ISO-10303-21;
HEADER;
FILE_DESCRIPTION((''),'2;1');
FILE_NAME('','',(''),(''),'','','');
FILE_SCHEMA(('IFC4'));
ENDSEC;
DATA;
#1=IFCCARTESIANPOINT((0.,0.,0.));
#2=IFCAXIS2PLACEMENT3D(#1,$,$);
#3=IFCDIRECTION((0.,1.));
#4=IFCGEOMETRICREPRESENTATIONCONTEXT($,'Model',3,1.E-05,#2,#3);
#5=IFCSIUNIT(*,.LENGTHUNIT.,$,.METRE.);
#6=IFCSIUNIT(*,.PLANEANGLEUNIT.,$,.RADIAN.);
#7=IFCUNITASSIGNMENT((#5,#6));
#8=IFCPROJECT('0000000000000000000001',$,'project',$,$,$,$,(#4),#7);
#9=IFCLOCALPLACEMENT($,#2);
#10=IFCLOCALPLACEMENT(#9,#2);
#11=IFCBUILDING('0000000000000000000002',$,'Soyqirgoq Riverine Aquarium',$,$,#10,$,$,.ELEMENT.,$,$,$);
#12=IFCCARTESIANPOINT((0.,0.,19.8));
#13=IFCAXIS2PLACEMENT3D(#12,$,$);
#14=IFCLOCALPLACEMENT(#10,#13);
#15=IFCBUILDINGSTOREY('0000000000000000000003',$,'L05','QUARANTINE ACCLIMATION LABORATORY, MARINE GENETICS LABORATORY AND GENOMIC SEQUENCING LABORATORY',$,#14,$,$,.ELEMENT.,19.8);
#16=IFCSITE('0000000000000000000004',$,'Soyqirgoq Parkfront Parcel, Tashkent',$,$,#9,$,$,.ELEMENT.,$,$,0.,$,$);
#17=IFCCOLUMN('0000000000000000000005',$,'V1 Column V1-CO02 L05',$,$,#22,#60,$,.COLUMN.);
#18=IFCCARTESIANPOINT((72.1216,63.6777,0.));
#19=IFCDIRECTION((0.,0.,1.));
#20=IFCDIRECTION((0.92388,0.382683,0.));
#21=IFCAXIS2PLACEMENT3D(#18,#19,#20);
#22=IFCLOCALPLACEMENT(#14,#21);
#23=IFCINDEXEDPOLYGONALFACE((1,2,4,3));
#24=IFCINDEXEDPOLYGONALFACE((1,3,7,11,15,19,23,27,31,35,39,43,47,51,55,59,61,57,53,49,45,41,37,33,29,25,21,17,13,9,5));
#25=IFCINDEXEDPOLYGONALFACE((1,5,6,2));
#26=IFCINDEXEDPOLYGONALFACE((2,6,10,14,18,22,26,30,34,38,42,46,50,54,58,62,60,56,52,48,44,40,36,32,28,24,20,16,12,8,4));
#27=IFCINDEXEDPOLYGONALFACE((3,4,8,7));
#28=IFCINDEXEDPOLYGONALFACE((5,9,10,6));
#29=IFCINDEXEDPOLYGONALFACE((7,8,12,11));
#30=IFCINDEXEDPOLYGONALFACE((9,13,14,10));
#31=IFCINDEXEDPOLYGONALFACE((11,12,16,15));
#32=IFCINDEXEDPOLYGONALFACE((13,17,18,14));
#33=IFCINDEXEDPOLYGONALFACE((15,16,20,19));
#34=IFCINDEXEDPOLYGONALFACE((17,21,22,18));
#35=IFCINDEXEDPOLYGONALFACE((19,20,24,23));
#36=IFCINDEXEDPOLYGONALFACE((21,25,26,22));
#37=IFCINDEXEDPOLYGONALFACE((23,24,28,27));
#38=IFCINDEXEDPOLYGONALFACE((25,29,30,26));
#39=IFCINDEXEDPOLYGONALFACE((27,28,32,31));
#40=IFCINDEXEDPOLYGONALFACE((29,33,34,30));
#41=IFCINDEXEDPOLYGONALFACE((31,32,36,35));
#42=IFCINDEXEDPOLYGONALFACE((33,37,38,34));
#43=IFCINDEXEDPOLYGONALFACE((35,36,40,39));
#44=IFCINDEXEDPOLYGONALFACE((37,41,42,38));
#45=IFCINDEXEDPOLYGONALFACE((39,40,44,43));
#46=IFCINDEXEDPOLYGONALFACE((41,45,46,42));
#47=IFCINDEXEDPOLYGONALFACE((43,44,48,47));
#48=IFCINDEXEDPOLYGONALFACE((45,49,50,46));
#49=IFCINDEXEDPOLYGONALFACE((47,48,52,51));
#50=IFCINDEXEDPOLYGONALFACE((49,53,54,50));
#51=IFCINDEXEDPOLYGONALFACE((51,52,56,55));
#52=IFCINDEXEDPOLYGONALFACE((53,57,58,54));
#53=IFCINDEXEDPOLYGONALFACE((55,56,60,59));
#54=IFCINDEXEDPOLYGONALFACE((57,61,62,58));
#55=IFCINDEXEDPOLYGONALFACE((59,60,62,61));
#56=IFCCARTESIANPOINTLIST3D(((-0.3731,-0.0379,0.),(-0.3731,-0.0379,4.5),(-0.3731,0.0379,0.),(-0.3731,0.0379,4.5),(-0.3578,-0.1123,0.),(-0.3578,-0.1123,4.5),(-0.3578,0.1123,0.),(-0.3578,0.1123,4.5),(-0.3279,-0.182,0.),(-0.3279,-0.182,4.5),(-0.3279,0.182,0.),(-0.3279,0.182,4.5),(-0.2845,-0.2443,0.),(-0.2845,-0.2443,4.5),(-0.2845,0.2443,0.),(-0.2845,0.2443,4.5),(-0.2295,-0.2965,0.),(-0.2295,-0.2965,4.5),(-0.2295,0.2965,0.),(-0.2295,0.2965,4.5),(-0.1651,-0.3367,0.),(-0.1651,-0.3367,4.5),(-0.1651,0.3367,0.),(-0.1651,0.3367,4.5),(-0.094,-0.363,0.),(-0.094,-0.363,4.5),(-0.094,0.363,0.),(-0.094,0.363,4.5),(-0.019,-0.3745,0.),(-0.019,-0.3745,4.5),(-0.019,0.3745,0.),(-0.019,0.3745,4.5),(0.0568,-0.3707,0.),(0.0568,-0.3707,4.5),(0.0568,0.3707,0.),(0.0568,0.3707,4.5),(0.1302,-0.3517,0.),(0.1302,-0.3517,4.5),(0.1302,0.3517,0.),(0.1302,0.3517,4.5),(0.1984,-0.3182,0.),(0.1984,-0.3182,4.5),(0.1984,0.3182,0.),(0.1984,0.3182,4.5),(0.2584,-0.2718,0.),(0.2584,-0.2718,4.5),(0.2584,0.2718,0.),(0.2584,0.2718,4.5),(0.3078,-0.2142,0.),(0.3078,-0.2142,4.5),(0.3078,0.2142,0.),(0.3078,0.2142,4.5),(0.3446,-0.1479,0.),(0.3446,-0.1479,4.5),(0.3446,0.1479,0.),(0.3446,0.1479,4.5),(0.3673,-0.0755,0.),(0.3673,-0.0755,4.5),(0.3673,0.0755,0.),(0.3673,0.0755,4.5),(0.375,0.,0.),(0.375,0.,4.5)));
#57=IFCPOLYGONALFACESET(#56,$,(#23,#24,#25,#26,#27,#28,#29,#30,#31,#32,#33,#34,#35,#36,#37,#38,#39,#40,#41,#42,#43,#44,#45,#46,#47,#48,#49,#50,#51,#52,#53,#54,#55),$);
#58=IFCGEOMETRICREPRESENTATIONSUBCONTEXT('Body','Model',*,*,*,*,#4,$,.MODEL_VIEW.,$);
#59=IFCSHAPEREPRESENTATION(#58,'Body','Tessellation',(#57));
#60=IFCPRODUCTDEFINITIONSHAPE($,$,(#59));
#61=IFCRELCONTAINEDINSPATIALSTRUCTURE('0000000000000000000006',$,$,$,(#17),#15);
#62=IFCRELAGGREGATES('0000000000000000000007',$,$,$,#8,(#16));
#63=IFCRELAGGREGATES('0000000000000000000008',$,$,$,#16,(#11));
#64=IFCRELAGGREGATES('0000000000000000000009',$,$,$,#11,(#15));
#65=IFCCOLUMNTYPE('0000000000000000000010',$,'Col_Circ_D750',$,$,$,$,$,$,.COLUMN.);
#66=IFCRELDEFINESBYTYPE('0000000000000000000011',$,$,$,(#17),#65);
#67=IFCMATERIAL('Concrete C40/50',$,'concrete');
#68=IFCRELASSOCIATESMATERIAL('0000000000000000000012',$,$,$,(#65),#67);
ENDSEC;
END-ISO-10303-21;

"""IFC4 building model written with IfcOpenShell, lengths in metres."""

from ifc_helpers import new_model, si_unit, direction, frame, origin, origin_2d, place, context, subcontext, project, spatial, circle, extrude, material, material_profile, profile_set, type_object, element, save


model = new_model("IFC4")

# Units and contexts
model_context = context("Model", 3, precision=1e-05, world=origin(), true_north=direction((0.0, 1.0)))
body_context = subcontext(model_context, "Body", "Model", "MODEL_VIEW")
ifc_project = project(units=[si_unit("LENGTHUNIT", "METRE"), si_unit("PLANEANGLEUNIT", "RADIAN")], contexts=[model_context])

# Site, building, storey
site_placement = place(None, origin())
site = spatial("IfcSite", under=ifc_project, at=site_placement, Name="Soyqirgoq Parkfront Parcel, Tashkent", CompositionType="ELEMENT", RefElevation=0.0)
building_placement = place(site_placement, origin())
building = spatial("IfcBuilding", under=site, at=building_placement, Name="Soyqirgoq Riverine Aquarium", CompositionType="ELEMENT")
storey_placement = place(building_placement, frame((0.0, 0.0, 19.8)))
storey = spatial("IfcBuildingStorey", under=building, at=storey_placement, Name="L05", Description="QUARANTINE ACCLIMATION LABORATORY, MARINE GENETICS LABORATORY AND GENOMIC SEQUENCING LABORATORY", CompositionType="ELEMENT", Elevation=19.8)

# Column
ifc_material_1 = material(Name="Concrete C40/50", Category="concrete")
ifc_material_profile_1 = material_profile(ifc_material_1, circle(Radius=0.375, at=origin_2d()), Name="RC-COL D750")
ifc_profile_set_1 = profile_set([ifc_material_profile_1], Name="Concrete C40/50")
column_type_1 = type_object("IfcColumnType", Name="Col_Circ_D750", PredefinedType="COLUMN", material=ifc_profile_set_1)
column_1_placement = place(storey_placement, frame((72.1216, 63.6777, 0.0), z_axis=(0.0, 0.0, 1.0), x_axis=(0.92388, 0.382683, 0.0)))
element("IfcColumn", 1, at=column_1_placement, inside=storey, type_object=column_type_1, Name="V1 Column V1-CO02 L05", PredefinedType="COLUMN", context=body_context, shape_type="SweptSolid", body=[
    extrude(circle(Radius=0.375, at=origin_2d()), origin(), (0.0, 0.0, 1.0), 4.5),
])

save(model, "model.ifc")
